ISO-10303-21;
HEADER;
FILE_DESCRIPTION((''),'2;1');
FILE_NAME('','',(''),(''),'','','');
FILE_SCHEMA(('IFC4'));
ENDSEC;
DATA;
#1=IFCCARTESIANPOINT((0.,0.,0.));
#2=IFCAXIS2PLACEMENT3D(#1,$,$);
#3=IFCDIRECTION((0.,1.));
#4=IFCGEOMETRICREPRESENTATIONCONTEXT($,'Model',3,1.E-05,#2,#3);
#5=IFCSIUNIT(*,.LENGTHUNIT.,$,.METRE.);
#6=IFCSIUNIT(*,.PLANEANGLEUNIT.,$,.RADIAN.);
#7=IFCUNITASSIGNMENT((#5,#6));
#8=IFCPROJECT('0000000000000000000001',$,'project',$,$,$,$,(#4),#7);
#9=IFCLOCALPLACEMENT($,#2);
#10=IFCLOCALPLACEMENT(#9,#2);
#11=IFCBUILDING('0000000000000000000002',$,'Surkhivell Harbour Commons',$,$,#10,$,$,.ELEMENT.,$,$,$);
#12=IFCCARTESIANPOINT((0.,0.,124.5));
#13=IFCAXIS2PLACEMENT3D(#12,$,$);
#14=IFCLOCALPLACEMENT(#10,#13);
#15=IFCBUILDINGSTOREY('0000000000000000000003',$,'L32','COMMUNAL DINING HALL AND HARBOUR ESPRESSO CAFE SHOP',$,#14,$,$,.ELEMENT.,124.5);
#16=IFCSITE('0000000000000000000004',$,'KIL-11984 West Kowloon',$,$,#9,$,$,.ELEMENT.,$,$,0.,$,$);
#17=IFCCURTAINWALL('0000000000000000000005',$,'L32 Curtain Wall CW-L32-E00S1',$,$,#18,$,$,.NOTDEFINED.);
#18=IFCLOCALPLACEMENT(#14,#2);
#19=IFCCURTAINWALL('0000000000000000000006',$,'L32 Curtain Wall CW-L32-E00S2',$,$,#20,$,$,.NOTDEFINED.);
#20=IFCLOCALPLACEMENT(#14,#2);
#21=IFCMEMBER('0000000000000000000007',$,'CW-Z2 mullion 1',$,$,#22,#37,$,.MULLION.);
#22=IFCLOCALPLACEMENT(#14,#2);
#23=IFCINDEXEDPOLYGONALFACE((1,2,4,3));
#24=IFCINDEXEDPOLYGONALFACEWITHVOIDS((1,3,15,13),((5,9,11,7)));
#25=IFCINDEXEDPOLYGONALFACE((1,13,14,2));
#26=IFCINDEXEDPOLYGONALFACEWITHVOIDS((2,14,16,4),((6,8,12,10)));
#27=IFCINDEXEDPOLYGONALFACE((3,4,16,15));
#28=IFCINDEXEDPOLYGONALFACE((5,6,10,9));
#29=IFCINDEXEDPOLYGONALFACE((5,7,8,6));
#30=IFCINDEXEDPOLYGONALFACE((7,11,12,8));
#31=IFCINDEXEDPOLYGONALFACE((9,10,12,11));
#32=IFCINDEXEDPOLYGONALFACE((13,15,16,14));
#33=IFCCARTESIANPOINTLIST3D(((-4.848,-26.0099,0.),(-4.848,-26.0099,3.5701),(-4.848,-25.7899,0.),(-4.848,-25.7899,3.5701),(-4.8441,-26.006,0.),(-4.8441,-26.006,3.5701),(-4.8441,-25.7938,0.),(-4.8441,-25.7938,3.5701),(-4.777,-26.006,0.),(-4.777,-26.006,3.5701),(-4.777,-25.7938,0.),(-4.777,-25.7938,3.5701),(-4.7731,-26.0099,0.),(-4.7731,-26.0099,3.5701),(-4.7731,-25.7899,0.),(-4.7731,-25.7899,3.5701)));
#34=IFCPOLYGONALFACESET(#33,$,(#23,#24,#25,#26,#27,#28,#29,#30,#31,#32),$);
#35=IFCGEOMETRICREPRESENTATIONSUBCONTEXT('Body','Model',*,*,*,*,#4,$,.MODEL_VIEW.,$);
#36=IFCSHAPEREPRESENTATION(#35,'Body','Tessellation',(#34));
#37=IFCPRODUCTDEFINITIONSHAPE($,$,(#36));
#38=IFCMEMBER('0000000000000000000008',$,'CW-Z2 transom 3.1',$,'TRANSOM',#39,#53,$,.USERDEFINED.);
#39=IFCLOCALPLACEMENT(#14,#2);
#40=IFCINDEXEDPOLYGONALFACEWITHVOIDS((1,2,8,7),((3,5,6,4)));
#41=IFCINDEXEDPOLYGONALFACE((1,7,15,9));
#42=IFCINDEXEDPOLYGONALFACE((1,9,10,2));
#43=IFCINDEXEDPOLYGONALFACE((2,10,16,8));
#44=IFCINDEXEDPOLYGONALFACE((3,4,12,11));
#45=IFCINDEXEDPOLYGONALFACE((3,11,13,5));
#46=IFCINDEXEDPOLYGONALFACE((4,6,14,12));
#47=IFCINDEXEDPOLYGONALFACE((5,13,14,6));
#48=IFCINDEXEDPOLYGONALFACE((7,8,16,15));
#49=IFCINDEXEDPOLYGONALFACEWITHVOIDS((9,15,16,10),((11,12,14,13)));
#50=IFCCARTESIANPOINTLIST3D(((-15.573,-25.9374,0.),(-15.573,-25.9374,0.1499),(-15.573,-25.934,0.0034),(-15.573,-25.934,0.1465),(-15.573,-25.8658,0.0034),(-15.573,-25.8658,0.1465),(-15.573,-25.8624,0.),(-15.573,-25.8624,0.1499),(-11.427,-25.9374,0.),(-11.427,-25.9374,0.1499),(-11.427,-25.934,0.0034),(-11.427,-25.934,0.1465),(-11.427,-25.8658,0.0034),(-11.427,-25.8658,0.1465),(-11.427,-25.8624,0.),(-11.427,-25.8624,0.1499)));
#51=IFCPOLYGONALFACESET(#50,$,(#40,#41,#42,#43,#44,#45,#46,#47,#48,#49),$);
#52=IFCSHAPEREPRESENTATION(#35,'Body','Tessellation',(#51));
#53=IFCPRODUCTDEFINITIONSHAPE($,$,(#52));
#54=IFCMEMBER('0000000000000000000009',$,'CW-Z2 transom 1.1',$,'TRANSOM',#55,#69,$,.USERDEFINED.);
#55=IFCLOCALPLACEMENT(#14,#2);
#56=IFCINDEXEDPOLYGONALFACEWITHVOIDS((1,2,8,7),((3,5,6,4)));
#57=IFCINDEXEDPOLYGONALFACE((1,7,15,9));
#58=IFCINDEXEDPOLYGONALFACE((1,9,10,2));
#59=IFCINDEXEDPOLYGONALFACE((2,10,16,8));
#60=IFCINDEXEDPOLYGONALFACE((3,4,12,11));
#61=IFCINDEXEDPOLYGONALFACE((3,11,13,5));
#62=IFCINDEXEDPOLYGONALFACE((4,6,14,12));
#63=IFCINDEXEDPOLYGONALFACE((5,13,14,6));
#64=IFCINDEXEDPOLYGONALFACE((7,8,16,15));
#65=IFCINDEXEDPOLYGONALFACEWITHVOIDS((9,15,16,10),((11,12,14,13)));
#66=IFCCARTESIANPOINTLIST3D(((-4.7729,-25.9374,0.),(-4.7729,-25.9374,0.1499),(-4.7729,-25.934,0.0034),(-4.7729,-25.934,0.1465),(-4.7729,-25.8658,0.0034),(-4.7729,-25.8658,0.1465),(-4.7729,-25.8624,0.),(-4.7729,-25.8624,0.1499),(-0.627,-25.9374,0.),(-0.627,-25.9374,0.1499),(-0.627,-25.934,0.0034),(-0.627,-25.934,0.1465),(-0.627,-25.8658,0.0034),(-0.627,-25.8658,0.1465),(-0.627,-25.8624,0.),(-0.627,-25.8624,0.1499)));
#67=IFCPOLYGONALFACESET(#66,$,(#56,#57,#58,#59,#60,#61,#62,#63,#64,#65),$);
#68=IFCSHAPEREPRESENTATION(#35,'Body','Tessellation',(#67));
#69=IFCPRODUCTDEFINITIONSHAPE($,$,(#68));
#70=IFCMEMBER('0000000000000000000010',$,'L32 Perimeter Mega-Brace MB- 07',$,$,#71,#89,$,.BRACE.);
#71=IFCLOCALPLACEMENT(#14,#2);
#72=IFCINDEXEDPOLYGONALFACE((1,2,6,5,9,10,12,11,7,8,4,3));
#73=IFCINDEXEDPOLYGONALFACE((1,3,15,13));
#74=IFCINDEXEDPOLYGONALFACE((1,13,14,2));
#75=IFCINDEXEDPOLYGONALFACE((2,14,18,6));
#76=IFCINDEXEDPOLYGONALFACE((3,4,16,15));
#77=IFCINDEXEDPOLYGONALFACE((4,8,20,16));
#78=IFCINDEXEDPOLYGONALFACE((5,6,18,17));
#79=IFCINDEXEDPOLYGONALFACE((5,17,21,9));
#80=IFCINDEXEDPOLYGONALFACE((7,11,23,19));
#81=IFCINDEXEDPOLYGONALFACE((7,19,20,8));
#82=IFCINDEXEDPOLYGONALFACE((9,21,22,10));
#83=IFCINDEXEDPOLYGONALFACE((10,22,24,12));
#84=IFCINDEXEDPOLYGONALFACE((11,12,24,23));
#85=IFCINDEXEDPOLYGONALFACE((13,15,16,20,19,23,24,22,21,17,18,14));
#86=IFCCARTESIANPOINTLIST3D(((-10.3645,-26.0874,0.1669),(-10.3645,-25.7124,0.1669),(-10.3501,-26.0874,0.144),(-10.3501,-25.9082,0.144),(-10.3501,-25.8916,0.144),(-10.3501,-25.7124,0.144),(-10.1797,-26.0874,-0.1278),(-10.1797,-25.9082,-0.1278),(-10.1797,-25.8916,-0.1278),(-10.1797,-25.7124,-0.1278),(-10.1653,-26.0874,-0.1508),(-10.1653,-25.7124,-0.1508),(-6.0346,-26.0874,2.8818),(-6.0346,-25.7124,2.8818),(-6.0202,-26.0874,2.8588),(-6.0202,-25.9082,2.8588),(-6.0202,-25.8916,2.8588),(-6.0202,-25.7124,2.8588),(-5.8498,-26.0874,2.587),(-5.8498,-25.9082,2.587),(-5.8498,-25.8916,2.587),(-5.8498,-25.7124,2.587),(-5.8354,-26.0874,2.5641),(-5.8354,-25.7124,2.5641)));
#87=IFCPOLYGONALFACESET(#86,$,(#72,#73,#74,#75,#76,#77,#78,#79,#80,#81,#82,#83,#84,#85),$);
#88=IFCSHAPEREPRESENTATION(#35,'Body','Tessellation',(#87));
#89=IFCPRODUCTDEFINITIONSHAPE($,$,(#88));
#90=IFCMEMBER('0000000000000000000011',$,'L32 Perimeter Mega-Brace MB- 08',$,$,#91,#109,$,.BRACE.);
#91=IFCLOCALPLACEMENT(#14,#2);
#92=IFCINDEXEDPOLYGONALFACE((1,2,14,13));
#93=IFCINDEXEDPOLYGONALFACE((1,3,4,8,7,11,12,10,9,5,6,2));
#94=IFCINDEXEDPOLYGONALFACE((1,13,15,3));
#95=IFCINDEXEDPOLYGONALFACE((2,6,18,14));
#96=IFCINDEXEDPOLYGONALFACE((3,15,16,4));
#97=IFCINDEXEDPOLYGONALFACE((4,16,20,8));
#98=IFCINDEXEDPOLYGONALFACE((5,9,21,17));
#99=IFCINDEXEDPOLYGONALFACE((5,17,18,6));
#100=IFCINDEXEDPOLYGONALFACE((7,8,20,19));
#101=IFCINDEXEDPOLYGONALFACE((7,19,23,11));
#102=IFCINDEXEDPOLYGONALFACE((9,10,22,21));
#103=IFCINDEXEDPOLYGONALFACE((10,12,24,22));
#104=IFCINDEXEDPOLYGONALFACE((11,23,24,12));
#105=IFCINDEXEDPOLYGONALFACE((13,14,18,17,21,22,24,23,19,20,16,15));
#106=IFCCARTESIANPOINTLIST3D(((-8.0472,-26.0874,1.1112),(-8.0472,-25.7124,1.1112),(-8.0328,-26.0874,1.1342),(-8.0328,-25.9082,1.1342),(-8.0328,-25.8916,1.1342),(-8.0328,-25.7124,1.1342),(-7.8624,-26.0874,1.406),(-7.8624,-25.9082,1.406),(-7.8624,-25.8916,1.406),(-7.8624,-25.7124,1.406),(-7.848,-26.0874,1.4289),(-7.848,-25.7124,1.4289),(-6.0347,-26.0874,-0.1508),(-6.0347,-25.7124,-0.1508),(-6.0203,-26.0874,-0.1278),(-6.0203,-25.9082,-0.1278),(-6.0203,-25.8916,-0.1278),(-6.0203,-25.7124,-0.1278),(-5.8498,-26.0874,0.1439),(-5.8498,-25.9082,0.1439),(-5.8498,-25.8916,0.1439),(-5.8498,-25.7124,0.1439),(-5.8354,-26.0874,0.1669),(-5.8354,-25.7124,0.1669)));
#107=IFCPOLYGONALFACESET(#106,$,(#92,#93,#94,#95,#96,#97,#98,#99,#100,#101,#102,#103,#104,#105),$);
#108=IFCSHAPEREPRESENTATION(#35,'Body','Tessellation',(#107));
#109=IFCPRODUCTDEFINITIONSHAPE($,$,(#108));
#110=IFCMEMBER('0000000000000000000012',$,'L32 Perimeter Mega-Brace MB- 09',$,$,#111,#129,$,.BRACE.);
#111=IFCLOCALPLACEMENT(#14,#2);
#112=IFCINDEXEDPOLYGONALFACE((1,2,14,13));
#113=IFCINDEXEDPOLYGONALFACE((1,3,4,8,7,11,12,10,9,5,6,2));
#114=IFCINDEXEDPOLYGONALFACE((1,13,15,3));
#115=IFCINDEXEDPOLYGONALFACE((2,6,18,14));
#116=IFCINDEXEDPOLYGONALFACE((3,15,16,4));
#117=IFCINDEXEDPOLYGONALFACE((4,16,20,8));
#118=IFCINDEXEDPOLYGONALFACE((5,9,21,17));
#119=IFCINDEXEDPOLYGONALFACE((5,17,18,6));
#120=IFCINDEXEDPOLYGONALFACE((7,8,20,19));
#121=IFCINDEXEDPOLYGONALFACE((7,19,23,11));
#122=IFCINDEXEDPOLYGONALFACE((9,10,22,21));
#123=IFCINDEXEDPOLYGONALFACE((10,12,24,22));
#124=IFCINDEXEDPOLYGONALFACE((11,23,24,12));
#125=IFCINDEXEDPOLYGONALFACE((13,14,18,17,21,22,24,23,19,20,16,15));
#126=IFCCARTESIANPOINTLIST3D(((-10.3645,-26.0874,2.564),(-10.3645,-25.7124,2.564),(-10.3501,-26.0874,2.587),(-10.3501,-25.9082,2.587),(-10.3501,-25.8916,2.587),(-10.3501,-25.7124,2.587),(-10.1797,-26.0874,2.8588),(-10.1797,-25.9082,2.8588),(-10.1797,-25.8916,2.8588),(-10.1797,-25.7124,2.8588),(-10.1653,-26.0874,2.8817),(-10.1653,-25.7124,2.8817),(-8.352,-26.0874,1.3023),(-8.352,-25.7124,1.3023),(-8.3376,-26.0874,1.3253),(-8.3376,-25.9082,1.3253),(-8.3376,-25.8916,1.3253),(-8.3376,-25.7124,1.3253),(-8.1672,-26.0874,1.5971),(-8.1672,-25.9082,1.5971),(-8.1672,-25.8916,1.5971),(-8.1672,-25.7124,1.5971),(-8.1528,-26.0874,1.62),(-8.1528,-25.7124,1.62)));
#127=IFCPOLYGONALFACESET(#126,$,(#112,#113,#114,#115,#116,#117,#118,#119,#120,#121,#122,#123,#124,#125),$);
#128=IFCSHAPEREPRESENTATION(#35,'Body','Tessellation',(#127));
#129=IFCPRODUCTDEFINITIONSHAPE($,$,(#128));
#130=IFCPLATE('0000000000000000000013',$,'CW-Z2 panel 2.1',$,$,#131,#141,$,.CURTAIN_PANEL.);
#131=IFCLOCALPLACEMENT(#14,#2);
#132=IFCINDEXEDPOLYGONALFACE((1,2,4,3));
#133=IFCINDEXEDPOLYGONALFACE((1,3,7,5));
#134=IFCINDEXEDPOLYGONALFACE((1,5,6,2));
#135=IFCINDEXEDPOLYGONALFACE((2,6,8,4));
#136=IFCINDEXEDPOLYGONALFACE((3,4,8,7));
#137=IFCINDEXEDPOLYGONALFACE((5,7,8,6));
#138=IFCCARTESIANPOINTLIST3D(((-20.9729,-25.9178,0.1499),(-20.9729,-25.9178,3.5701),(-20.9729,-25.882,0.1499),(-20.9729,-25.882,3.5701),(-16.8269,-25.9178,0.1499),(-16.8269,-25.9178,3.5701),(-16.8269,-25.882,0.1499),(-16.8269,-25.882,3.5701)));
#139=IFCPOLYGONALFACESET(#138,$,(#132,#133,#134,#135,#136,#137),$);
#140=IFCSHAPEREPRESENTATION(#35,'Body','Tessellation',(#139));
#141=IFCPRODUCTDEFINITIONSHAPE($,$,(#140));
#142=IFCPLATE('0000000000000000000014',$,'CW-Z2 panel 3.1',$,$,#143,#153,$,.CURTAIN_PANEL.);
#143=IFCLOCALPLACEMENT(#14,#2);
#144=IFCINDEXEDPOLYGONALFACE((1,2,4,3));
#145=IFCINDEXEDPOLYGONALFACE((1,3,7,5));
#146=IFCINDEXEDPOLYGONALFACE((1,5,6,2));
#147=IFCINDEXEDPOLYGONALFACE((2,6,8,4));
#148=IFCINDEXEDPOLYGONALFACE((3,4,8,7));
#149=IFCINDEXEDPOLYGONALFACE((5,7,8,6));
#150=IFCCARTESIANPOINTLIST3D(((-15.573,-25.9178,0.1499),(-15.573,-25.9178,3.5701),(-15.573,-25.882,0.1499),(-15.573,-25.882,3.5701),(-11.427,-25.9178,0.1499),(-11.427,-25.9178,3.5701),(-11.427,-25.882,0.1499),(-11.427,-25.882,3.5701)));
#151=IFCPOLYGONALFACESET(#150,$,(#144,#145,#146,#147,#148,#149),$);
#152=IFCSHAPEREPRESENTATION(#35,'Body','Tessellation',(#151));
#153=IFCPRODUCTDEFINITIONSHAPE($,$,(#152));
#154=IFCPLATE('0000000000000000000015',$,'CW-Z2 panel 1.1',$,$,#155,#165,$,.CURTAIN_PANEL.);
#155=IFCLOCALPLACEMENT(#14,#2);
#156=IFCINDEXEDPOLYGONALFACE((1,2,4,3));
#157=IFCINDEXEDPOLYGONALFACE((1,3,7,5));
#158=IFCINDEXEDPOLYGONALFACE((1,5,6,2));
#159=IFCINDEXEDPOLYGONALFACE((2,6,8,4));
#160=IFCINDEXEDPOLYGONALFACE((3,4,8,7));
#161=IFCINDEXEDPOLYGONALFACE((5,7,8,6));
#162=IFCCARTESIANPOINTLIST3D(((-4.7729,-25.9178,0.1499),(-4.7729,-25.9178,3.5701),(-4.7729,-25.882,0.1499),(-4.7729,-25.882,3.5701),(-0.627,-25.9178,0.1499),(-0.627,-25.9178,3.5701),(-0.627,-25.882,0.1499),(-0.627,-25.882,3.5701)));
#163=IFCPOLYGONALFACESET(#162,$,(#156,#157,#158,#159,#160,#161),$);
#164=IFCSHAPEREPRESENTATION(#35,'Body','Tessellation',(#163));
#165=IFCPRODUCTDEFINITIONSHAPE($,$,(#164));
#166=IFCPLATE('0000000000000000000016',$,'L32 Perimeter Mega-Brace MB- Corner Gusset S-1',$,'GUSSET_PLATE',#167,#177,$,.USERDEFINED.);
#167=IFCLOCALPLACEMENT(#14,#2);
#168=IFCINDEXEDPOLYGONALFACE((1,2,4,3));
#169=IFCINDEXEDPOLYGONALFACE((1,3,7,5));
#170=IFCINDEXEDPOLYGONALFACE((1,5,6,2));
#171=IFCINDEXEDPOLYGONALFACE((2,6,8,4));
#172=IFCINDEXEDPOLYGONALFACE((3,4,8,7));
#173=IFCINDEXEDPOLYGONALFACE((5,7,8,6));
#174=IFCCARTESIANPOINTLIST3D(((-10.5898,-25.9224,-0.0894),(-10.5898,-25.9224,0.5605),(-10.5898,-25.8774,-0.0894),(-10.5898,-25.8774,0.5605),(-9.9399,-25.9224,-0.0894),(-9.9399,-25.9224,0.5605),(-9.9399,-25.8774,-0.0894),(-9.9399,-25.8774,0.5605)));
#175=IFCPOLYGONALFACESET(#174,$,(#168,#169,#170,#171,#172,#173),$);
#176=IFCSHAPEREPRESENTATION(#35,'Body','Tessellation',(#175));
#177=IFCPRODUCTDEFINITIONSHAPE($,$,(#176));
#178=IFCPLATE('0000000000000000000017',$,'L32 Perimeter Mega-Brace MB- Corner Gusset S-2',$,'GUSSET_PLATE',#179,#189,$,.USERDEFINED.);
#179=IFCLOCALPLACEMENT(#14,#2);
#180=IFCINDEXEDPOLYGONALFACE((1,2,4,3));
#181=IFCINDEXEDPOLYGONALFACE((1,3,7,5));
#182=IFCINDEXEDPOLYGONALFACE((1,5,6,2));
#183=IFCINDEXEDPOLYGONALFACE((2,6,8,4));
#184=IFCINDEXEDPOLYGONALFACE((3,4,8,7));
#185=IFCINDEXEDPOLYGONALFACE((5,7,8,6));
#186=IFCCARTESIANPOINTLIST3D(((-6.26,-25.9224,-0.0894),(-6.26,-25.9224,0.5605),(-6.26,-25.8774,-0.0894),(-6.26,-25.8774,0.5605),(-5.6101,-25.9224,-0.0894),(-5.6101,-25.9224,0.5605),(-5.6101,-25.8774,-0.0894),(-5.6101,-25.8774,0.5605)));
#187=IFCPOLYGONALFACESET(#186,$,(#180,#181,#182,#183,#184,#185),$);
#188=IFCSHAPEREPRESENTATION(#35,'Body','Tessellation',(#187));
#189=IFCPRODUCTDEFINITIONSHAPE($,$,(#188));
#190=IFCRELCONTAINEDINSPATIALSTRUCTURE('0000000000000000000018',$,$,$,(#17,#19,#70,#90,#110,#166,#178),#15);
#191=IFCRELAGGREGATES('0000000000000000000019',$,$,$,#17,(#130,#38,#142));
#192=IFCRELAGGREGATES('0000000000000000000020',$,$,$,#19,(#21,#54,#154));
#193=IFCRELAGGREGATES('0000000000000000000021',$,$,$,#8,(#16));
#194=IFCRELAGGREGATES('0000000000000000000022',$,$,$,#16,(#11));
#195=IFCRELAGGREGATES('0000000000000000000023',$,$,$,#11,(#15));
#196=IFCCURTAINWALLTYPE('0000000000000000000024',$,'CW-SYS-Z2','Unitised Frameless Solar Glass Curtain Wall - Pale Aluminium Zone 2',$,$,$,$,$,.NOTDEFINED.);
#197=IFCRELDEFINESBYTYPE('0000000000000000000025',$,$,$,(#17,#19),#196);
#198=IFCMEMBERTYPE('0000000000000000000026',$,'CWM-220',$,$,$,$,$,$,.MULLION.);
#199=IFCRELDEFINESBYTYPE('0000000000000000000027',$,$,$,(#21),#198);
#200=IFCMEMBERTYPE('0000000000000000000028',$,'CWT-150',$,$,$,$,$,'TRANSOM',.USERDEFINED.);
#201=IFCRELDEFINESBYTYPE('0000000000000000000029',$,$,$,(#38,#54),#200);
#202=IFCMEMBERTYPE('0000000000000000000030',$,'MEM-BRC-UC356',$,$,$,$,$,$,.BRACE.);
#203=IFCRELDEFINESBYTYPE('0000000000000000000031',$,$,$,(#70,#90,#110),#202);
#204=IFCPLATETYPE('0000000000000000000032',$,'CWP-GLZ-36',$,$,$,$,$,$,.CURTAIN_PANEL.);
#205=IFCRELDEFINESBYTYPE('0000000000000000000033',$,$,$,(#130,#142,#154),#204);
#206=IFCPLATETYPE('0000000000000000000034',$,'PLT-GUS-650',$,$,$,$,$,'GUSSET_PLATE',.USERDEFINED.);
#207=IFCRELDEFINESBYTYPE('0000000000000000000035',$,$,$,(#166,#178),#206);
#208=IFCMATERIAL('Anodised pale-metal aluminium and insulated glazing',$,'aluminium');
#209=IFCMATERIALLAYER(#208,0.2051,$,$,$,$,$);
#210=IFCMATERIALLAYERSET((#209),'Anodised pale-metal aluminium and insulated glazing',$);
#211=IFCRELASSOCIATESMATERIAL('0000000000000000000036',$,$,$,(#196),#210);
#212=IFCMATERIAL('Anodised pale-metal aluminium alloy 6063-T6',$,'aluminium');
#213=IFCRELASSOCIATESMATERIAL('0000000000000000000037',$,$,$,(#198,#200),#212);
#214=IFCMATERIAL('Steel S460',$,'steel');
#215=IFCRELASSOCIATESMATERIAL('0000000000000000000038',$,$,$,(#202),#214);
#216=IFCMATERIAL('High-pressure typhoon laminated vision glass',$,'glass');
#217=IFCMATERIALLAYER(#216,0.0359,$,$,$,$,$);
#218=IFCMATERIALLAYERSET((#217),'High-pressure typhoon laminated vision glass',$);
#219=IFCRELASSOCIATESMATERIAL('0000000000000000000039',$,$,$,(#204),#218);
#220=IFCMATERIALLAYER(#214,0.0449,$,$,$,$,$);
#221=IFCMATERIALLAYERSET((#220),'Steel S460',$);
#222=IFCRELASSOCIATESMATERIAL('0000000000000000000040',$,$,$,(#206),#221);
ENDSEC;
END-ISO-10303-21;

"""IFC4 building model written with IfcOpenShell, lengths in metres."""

from ifc_helpers import new_model, si_unit, direction, frame, frame_2d, origin, origin_2d, place, context, subcontext, project, spatial, rectangle, hollow_rectangle, i_section, extrude, material, layer, layer_set, material_profile, profile_set, type_object, element, aggregate, save


model = new_model("IFC4")

# Units and contexts
model_context = context("Model", 3, precision=1e-05, world=origin(), true_north=direction((0.0, 1.0)))
body_context = subcontext(model_context, "Body", "Model", "MODEL_VIEW")
ifc_project = project(units=[si_unit("LENGTHUNIT", "METRE"), si_unit("PLANEANGLEUNIT", "RADIAN")], contexts=[model_context])

# Site, building, storey
site_placement = place(None, origin())
site = spatial("IfcSite", under=ifc_project, at=site_placement, Name="KIL-11984 West Kowloon", CompositionType="ELEMENT", RefElevation=0.0)
building_placement = place(site_placement, origin())
building = spatial("IfcBuilding", under=site, at=building_placement, Name="Surkhivell Harbour Commons", CompositionType="ELEMENT")
storey_placement = place(building_placement, frame((0.0, 0.0, 124.5)))
storey = spatial("IfcBuildingStorey", under=building, at=storey_placement, Name="L32", Description="COMMUNAL DINING HALL AND HARBOUR ESPRESSO CAFE SHOP", CompositionType="ELEMENT", Elevation=124.5)

# Shared definitions
ifc_material_1 = material(Name="Steel S460", Category="steel")

# Curtain wall
ifc_material_2 = material(Name="Anodised pale-metal aluminium and insulated glazing", Category="aluminium")
ifc_layer_1 = layer(ifc_material_2, 0.2051)
ifc_layer_set_1 = layer_set([ifc_layer_1], Name="Anodised pale-metal aluminium and insulated glazing")
curtain_wall_type = type_object("IfcCurtainWallType", Name="CW-SYS-Z2", Description="Unitised Frameless Solar Glass Curtain Wall - Pale Aluminium Zone 2", PredefinedType="NOTDEFINED", material=ifc_layer_set_1)
curtain_wall_1_placement = place(storey_placement, origin())
curtain_wall_1 = element("IfcCurtainWall", 1, at=curtain_wall_1_placement, inside=storey, type_object=curtain_wall_type, Name="L32 Curtain Wall CW-L32-E00S1", PredefinedType="NOTDEFINED")
ifc_material_3 = material(Name="Anodised pale-metal aluminium alloy 6063-T6", Category="aluminium")
ifc_material_profile_1 = material_profile(ifc_material_3, hollow_rectangle(XDim=0.075, YDim=0.22, WallThickness=0.0039, at=origin_2d()), Name="ALU-MULL-75x220")
ifc_profile_set_1 = profile_set([ifc_material_profile_1], Name="Anodised pale-metal aluminium alloy 6063-T6")
member_type_1 = type_object("IfcMemberType", Name="CWM-220", PredefinedType="MULLION", material=ifc_profile_set_1)

# Curtain wall, member
curtain_wall_2_placement = place(storey_placement, origin())
curtain_wall_2 = element("IfcCurtainWall", 2, at=curtain_wall_2_placement, inside=storey, type_object=curtain_wall_type, Name="L32 Curtain Wall CW-L32-E00S2", PredefinedType="NOTDEFINED")
member_1_placement = place(storey_placement, frame((-4.8105, -25.8999, 0.0), z_axis=(0.0, 0.0, 1.0), x_axis=(1.0, 0.0, 0.0)))
member_1 = element("IfcMember", 3, at=member_1_placement, type_object=member_type_1, Name="CW-Z2 mullion 1", PredefinedType="MULLION", context=body_context, shape_type="SweptSolid", body=[
    extrude(hollow_rectangle(XDim=0.075, YDim=0.22, WallThickness=0.0039, at=origin_2d()), origin(), (0.0, 0.0, 1.0), 3.5701),
])

# Members
ifc_material_profile_2 = material_profile(ifc_material_3, hollow_rectangle(XDim=0.075, YDim=0.1499, WallThickness=0.0034, at=origin_2d()), Name="ALU-TRAN-75x150")
ifc_profile_set_2 = profile_set([ifc_material_profile_2], Name="Anodised pale-metal aluminium alloy 6063-T6")
member_type_2 = type_object("IfcMemberType", Name="CWT-150", ElementType="TRANSOM", PredefinedType="USERDEFINED", material=ifc_profile_set_2)
member_2_placement = place(storey_placement, frame((-15.573, -25.8999, 0.075), z_axis=(1.0, 0.0, 0.0), x_axis=(0.0, 1.0, 0.0)))
member_2 = element("IfcMember", 4, at=member_2_placement, type_object=member_type_2, Name="CW-Z2 transom 3.1", ObjectType="TRANSOM", PredefinedType="USERDEFINED", context=body_context, shape_type="SweptSolid", body=[
    extrude(hollow_rectangle(XDim=0.075, YDim=0.1499, WallThickness=0.0034, at=origin_2d()), origin(), (0.0, 0.0, 1.0), 4.146),
])
member_3_placement = place(storey_placement, frame((-4.7729, -25.8999, 0.075), z_axis=(1.0, 0.0, 0.0), x_axis=(0.0, 1.0, 0.0)))
member_3 = element("IfcMember", 5, at=member_3_placement, type_object=member_type_2, Name="CW-Z2 transom 1.1", ObjectType="TRANSOM", PredefinedType="USERDEFINED", context=body_context, shape_type="SweptSolid", body=[
    extrude(hollow_rectangle(XDim=0.075, YDim=0.1499, WallThickness=0.0034, at=origin_2d()), origin(), (0.0, 0.0, 1.0), 4.146),
])

# Members
ifc_material_profile_3 = material_profile(ifc_material_1, i_section(OverallWidth=0.375, OverallDepth=0.375, WebThickness=0.0166, FlangeThickness=0.0271, at=origin_2d()), Name="UC356x368x202")
ifc_profile_set_3 = profile_set([ifc_material_profile_3], Name="Steel S460")
member_type_3 = type_object("IfcMemberType", Name="MEM-BRC-UC356", PredefinedType="BRACE", material=ifc_profile_set_3)
member_4_placement = place(storey_placement, frame((-10.2649, -25.8999, 0.0081), z_axis=(0.847233, 0.0, 0.531222), x_axis=(0.0, 1.0, 0.0)))
element("IfcMember", 6, at=member_4_placement, inside=storey, type_object=member_type_3, Name="L32 Perimeter Mega-Brace MB- 07", PredefinedType="BRACE", context=body_context, shape_type="SweptSolid", body=[
    extrude(i_section(OverallWidth=0.375, OverallDepth=0.375, WebThickness=0.0166, FlangeThickness=0.0271, at=origin_2d()), origin(), (0.0, 0.0, 1.0), 5.1106),
])
member_5_placement = place(storey_placement, frame((-5.9351, -25.8999, 0.0081), z_axis=(-0.847206, 0.0, 0.531264), x_axis=(0.0, -1.0, 0.0)))
element("IfcMember", 7, at=member_5_placement, inside=storey, type_object=member_type_3, Name="L32 Perimeter Mega-Brace MB- 08", PredefinedType="BRACE", context=body_context, shape_type="SweptSolid", body=[
    extrude(i_section(OverallWidth=0.375, OverallDepth=0.375, WebThickness=0.0166, FlangeThickness=0.0271, at=origin_2d()), origin(), (0.0, 0.0, 1.0), 2.3755),
])
member_6_placement = place(storey_placement, frame((-8.2524, -25.8999, 1.4612), z_axis=(-0.847253, 0.0, 0.53119), x_axis=(0.0, -1.0, 0.0)))
element("IfcMember", 8, at=member_6_placement, inside=storey, type_object=member_type_3, Name="L32 Perimeter Mega-Brace MB- 09", PredefinedType="BRACE", context=body_context, shape_type="SweptSolid", body=[
    extrude(i_section(OverallWidth=0.375, OverallDepth=0.375, WebThickness=0.0166, FlangeThickness=0.0271, at=origin_2d()), origin(), (0.0, 0.0, 1.0), 2.3752),
])

# Plates
ifc_material_4 = material(Name="High-pressure typhoon laminated vision glass", Category="glass")
ifc_layer_2 = layer(ifc_material_4, 0.0359)
ifc_layer_set_2 = layer_set([ifc_layer_2], Name="High-pressure typhoon laminated vision glass")
plate_type_1 = type_object("IfcPlateType", Name="CWP-GLZ-36", PredefinedType="CURTAIN_PANEL", material=ifc_layer_set_2)
plate_1_placement = place(storey_placement, frame((-20.9729, -25.8999, 0.1499), z_axis=(0.0, 0.0, 1.0), x_axis=(1.0, 0.0, 0.0)))
plate_1 = element("IfcPlate", 9, at=plate_1_placement, type_object=plate_type_1, Name="CW-Z2 panel 2.1", PredefinedType="CURTAIN_PANEL", context=body_context, shape_type="SweptSolid", body=[
    extrude(rectangle(XDim=4.146, YDim=0.0359, at=frame_2d((2.073, 0.0))), origin(), (0.0, 0.0, 1.0), 3.4202),
])
plate_2_placement = place(storey_placement, frame((-15.573, -25.8999, 0.1499), z_axis=(0.0, 0.0, 1.0), x_axis=(1.0, 0.0, 0.0)))
plate_2 = element("IfcPlate", 10, at=plate_2_placement, type_object=plate_type_1, Name="CW-Z2 panel 3.1", PredefinedType="CURTAIN_PANEL", context=body_context, shape_type="SweptSolid", body=[
    extrude(rectangle(XDim=4.146, YDim=0.0359, at=frame_2d((2.073, 0.0))), origin(), (0.0, 0.0, 1.0), 3.4202),
])
aggregate(curtain_wall_1, [plate_1, member_2, plate_2])
plate_3_placement = place(storey_placement, frame((-4.7729, -25.8999, 0.1499), z_axis=(0.0, 0.0, 1.0), x_axis=(1.0, 0.0, 0.0)))
plate_3 = element("IfcPlate", 11, at=plate_3_placement, type_object=plate_type_1, Name="CW-Z2 panel 1.1", PredefinedType="CURTAIN_PANEL", context=body_context, shape_type="SweptSolid", body=[
    extrude(rectangle(XDim=4.146, YDim=0.0359, at=frame_2d((2.073, 0.0))), origin(), (0.0, 0.0, 1.0), 3.4202),
])
aggregate(curtain_wall_2, [member_1, member_3, plate_3])

# Plates
ifc_layer_3 = layer(ifc_material_1, 0.0449)
ifc_layer_set_3 = layer_set([ifc_layer_3], Name="Steel S460")
plate_type_2 = type_object("IfcPlateType", Name="PLT-GUS-650", ElementType="GUSSET_PLATE", PredefinedType="USERDEFINED", material=ifc_layer_set_3)
for number, where, z_axis, x_axis, name in (
    (12, (-10.2649, -25.8999, -0.0894), (0.0, 0.0, 1.0), (1.0, 0.0, 0.0), "L32 Perimeter Mega-Brace MB- Corner Gusset S-1"),
    (13, (-5.9351, -25.8999, -0.0894), (0.0, 0.0, 1.0), (1.0, 0.0, 0.0), "L32 Perimeter Mega-Brace MB- Corner Gusset S-2"),
):
    element("IfcPlate", number, at=place(storey_placement, frame(where, z_axis=z_axis, x_axis=x_axis)), inside=storey, type_object=plate_type_2, Name=name, ObjectType="GUSSET_PLATE", PredefinedType="USERDEFINED", context=body_context, shape_type="SweptSolid", body=[
        extrude(rectangle(XDim=0.6499, YDim=0.0449, at=origin_2d()), origin(), (0.0, 0.0, 1.0), 0.6499),
    ])

save(model, "model.ifc")
